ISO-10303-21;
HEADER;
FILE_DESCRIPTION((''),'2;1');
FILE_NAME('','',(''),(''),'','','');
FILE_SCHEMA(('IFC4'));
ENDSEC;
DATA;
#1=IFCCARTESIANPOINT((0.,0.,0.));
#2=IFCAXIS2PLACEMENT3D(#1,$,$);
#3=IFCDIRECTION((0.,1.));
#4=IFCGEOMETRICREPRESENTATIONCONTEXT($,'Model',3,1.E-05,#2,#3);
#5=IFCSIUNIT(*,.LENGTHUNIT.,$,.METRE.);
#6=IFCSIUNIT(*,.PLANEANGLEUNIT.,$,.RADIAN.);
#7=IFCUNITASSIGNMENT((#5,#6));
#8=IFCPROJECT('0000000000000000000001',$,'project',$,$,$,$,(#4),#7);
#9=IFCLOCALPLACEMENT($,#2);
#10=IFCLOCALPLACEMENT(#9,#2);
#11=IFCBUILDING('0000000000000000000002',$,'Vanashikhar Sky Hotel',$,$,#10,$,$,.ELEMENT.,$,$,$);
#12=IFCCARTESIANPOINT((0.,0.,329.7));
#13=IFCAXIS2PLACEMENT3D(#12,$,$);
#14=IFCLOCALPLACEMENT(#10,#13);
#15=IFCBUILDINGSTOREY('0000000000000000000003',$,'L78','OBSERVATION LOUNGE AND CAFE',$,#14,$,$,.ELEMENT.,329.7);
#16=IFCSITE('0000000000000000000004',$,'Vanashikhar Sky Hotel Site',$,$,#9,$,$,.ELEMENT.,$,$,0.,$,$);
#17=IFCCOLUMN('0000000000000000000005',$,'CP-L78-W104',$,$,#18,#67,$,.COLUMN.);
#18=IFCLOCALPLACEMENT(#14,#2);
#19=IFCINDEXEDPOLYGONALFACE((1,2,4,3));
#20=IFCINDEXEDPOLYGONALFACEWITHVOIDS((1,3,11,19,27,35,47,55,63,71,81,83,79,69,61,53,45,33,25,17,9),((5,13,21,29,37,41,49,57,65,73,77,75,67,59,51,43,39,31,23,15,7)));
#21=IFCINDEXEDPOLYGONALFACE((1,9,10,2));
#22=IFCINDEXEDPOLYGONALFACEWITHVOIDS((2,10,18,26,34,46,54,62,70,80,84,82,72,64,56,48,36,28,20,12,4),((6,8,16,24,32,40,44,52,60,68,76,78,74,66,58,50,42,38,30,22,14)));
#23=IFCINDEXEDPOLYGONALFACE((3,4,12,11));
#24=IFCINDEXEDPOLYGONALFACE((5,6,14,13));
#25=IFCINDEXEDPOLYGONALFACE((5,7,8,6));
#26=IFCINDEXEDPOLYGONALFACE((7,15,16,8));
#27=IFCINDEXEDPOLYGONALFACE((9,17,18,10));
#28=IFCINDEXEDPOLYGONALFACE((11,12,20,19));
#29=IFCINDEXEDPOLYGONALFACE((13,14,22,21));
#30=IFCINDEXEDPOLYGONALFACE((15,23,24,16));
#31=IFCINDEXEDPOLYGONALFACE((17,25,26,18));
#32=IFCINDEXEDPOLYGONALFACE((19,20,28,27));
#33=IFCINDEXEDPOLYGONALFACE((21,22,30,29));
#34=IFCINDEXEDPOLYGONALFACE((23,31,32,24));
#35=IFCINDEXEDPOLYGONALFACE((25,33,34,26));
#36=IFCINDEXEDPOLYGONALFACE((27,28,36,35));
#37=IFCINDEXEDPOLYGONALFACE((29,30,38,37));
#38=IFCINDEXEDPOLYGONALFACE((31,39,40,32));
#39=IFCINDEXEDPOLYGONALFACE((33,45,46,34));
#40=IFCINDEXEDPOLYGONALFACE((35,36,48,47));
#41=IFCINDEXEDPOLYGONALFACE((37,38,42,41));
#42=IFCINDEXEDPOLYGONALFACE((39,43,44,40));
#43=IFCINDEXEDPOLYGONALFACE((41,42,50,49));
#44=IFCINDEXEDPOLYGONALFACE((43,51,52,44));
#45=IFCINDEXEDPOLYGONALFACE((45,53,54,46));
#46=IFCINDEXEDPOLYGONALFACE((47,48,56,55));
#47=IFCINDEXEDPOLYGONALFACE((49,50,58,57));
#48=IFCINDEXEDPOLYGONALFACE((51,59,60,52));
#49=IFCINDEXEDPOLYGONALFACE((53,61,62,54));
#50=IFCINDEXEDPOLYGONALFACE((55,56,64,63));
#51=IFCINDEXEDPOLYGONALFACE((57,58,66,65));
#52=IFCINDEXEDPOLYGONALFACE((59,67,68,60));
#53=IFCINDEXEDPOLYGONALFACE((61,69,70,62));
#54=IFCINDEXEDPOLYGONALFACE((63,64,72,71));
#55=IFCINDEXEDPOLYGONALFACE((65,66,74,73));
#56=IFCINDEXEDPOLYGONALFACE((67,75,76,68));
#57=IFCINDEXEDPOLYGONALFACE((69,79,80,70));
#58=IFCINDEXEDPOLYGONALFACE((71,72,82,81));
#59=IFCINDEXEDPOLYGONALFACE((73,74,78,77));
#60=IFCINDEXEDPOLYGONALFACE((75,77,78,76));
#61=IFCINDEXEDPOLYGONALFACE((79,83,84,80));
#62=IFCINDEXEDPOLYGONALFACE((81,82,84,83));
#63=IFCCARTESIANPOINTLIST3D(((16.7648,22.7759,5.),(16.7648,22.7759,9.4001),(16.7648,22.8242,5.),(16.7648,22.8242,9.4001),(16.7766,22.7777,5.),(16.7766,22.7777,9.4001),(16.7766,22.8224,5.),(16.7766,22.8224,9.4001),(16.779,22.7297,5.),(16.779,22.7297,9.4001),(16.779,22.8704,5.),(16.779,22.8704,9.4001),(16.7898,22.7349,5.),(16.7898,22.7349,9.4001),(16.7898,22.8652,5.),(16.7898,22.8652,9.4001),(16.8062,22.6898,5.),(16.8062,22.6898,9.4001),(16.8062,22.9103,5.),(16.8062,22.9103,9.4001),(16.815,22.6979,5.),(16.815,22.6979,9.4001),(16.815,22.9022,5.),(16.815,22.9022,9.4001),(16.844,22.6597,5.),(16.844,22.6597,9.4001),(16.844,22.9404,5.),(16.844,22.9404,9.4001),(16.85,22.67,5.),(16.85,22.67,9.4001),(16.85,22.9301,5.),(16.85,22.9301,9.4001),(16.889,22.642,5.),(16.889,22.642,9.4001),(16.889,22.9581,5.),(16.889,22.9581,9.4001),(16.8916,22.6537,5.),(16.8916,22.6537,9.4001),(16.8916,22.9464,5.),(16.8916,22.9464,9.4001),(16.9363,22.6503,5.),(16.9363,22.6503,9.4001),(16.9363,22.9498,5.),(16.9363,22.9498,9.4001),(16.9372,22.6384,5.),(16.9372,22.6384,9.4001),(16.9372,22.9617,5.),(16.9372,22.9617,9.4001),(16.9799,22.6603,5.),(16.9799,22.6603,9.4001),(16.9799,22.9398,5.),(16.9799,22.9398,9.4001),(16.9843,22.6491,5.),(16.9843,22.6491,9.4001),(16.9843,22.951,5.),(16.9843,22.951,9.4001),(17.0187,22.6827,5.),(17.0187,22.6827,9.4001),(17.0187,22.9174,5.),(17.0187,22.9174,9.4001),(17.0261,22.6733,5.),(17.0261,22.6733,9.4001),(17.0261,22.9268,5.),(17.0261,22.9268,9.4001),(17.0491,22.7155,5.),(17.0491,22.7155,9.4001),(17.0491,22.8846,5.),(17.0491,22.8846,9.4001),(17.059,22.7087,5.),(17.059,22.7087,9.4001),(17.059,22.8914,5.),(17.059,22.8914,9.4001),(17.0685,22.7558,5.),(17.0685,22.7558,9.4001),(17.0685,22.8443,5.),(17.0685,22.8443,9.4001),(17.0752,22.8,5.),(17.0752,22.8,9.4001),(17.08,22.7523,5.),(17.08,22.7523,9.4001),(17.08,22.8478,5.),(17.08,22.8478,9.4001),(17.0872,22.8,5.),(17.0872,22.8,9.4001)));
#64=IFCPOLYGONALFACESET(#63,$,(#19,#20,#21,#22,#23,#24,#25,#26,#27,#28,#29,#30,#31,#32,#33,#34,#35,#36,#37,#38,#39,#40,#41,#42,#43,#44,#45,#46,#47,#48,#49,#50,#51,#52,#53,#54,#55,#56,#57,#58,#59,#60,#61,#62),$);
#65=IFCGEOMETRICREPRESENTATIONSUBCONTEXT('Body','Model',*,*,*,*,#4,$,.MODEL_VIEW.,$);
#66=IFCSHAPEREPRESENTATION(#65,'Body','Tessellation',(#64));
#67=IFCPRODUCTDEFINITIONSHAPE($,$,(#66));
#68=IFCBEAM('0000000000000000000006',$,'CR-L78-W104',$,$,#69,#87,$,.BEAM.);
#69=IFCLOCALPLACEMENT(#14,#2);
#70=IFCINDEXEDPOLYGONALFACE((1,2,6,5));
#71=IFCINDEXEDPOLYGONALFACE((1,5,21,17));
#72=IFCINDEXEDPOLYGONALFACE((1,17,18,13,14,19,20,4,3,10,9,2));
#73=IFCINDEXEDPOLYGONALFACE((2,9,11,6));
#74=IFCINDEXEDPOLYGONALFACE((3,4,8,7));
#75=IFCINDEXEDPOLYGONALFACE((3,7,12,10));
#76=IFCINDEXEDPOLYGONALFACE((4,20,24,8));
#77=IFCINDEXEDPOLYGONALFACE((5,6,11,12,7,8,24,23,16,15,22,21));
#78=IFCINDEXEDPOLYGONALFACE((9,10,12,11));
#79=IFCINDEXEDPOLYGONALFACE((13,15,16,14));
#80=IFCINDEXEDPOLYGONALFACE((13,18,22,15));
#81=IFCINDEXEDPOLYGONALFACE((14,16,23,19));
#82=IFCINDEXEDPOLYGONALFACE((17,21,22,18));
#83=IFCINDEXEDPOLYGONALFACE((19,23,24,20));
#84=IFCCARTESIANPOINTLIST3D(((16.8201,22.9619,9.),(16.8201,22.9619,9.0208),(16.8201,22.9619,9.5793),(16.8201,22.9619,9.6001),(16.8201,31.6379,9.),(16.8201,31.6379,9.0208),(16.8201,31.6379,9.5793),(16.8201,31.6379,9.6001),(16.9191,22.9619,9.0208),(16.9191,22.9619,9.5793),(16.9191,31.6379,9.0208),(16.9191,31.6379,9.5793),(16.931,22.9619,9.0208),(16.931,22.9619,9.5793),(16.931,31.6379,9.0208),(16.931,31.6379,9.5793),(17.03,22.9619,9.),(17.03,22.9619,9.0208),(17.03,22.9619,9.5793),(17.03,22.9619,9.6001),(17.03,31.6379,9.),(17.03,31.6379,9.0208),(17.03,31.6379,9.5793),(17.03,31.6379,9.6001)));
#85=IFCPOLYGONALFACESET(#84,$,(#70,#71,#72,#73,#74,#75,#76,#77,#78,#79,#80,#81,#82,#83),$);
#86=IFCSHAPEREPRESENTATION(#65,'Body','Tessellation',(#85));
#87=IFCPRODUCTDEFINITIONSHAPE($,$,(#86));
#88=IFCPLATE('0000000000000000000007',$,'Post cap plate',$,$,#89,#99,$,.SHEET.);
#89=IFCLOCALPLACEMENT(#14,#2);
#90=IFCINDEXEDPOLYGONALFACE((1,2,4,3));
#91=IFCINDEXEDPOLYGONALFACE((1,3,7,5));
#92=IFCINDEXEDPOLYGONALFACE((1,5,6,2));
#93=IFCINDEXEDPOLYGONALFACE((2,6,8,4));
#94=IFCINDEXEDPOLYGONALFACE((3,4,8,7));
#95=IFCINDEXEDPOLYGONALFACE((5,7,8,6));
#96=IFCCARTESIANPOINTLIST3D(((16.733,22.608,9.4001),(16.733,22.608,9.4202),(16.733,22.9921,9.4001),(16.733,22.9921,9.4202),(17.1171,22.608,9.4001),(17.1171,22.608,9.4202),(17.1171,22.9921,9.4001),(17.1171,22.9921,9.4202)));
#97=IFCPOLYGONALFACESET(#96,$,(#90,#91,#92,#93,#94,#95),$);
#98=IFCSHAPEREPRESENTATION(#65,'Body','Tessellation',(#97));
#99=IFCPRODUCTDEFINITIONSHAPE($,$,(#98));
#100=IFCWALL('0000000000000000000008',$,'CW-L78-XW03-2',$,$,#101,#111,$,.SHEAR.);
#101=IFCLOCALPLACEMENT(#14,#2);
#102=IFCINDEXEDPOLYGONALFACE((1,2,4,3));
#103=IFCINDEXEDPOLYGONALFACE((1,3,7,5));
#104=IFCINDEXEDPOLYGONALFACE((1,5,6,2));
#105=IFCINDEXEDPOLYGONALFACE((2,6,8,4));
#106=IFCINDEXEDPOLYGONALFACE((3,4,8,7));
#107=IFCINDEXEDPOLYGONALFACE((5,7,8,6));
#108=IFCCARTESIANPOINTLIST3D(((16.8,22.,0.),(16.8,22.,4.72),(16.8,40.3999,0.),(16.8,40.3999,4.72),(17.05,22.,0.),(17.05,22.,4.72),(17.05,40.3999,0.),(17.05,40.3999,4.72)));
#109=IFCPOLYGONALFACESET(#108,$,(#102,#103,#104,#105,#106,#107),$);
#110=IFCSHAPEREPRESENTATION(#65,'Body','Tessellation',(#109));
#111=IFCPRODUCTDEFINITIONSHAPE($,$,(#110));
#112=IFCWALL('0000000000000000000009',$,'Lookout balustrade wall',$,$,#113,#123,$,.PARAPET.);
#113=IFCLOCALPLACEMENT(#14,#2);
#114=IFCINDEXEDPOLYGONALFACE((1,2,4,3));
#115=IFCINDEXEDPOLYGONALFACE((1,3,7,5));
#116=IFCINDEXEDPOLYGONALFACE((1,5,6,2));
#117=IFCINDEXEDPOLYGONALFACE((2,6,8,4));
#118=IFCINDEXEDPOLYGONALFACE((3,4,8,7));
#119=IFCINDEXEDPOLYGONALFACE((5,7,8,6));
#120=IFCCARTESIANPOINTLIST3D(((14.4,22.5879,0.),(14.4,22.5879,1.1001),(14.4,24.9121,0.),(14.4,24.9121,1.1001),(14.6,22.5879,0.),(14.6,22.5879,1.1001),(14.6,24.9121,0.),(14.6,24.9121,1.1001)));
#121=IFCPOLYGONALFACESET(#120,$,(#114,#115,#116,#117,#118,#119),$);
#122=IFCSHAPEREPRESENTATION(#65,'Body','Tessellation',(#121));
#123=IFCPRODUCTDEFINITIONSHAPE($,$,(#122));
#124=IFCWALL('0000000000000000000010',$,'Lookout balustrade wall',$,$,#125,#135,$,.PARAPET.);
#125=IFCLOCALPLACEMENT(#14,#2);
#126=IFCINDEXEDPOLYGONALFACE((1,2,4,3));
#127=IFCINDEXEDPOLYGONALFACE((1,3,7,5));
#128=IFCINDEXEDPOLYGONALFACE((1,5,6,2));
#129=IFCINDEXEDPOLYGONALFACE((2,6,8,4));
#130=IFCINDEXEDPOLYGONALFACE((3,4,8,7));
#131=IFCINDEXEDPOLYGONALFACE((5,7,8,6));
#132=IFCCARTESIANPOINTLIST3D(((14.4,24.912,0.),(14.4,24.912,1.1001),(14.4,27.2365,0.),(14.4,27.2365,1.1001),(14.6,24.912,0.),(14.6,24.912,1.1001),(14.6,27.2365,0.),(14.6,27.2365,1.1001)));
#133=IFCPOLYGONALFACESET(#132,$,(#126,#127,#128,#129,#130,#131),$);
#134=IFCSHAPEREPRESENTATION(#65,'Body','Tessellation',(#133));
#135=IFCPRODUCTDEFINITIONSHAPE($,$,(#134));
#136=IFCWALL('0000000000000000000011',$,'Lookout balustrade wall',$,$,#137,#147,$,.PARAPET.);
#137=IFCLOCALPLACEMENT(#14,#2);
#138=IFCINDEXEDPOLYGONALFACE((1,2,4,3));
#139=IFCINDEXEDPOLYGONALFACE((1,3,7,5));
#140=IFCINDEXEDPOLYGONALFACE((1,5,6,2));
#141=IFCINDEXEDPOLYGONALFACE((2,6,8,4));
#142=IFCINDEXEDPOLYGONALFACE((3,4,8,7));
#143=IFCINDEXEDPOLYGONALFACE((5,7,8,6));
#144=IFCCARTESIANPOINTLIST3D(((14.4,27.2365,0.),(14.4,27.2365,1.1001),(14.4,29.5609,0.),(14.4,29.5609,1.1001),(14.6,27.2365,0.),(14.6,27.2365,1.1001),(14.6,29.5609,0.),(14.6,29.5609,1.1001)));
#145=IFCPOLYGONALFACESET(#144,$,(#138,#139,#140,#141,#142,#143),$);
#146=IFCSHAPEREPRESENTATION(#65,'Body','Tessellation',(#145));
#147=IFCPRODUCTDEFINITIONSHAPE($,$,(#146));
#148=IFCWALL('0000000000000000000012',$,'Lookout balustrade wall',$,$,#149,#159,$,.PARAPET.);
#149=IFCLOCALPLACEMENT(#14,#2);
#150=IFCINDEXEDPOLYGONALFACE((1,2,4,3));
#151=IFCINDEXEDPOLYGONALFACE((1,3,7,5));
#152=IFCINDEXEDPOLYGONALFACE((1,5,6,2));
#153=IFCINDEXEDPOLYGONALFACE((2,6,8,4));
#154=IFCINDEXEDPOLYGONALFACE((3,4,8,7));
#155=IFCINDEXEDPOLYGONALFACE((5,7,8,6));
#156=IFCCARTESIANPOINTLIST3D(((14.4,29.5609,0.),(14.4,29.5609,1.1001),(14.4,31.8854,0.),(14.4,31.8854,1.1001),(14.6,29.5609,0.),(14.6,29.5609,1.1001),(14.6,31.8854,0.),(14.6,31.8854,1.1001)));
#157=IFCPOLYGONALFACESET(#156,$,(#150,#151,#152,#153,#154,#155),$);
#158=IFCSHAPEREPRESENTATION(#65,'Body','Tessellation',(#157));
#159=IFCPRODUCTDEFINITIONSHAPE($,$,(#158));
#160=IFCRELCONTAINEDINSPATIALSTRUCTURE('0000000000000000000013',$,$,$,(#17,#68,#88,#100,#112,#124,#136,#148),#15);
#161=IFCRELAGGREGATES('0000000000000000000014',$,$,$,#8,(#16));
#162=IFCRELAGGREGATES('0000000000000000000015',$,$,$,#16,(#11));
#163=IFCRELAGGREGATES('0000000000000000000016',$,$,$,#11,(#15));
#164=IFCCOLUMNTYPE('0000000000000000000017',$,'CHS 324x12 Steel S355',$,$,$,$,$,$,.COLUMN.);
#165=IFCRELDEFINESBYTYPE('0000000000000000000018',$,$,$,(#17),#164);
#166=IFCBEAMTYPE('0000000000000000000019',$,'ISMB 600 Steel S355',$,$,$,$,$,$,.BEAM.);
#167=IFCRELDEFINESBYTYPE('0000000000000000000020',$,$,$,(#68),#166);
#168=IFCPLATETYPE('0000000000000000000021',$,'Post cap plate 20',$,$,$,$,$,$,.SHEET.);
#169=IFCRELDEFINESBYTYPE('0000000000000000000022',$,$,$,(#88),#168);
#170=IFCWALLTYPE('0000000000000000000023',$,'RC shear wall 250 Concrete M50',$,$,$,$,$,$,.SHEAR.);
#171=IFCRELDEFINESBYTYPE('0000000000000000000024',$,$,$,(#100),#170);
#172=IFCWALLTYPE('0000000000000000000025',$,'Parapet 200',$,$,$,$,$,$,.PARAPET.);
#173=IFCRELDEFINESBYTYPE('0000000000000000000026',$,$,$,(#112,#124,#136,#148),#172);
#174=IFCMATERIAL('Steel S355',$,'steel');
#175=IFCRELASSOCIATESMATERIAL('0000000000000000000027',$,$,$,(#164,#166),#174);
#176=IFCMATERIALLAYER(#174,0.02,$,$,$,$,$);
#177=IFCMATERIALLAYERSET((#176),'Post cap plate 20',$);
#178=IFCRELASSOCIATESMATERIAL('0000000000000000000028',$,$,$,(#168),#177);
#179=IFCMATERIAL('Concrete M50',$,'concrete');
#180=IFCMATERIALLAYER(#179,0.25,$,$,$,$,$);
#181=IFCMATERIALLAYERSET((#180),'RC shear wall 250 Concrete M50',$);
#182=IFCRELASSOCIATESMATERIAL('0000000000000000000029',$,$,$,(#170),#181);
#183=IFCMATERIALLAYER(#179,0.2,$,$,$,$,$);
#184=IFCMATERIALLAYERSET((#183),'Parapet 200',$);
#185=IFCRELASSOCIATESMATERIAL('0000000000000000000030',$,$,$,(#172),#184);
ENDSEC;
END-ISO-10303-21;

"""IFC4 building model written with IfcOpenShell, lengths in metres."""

from ifc_helpers import new_model, si_unit, direction, frame, frame_2d, origin, origin_2d, place, context, subcontext, project, spatial, rectangle, hollow_circle, i_section, extrude, source, transform, mapped, material, layer, layer_set, material_profile, profile_set, type_object, element, save


model = new_model("IFC4")

# Units and contexts
model_context = context("Model", 3, precision=1e-05, world=origin(), true_north=direction((0.0, 1.0)))
body_context = subcontext(model_context, "Body", "Model", "MODEL_VIEW")
ifc_project = project(units=[si_unit("LENGTHUNIT", "METRE"), si_unit("PLANEANGLEUNIT", "RADIAN")], contexts=[model_context])

# Site, building, storey
site_placement = place(None, origin())
site = spatial("IfcSite", under=ifc_project, at=site_placement, Name="Vanashikhar Sky Hotel Site", CompositionType="ELEMENT", RefElevation=0.0)
building_placement = place(site_placement, origin())
building = spatial("IfcBuilding", under=site, at=building_placement, Name="Vanashikhar Sky Hotel", CompositionType="ELEMENT")
storey_placement = place(building_placement, frame((0.0, 0.0, 329.7)))
storey = spatial("IfcBuildingStorey", under=building, at=storey_placement, Name="L78", Description="OBSERVATION LOUNGE AND CAFE", CompositionType="ELEMENT", Elevation=329.7)

# Column
ifc_material_1 = material(Name="Steel S355", Category="steel")
ifc_material_profile_1 = material_profile(ifc_material_1, hollow_circle(Radius=0.1621, WallThickness=0.012, at=origin_2d()))
ifc_profile_set_1 = profile_set([ifc_material_profile_1], Name="CHS 324x12 Steel S355")
column_type = type_object("IfcColumnType", Name="CHS 324x12 Steel S355", PredefinedType="COLUMN", material=ifc_profile_set_1)
shared_shape_1 = source(origin(), body_context, "Body", "SweptSolid", [
    extrude(hollow_circle(Radius=0.1621, WallThickness=0.012, at=origin_2d()), origin(), (0.0, 0.0, 1.0), 4.4001),
])
column_placement = place(storey_placement, frame((16.925, 22.8, 5.0), z_axis=(0.0, 0.0, 1.0), x_axis=(1.0, 0.0, 0.0)))
element("IfcColumn", 1, at=column_placement, inside=storey, type_object=column_type, Name="CP-L78-W104", PredefinedType="COLUMN", context=body_context, shape_type="MappedRepresentation", body=[
    mapped(shared_shape_1, transform((0.0, 0.0, 0.0), scale=1.0)),
])

# Beam
ifc_material_profile_2 = material_profile(ifc_material_1, i_section(OverallWidth=0.21, OverallDepth=0.6001, WebThickness=0.012, FlangeThickness=0.0208, at=origin_2d()), Name="ISMB 600")
ifc_profile_set_2 = profile_set([ifc_material_profile_2], Name="Steel S355")
beam_type = type_object("IfcBeamType", Name="ISMB 600 Steel S355", PredefinedType="BEAM", material=ifc_profile_set_2)
shared_shape_2 = source(origin(), body_context, "Body", "SweptSolid", [
    extrude(i_section(OverallWidth=0.21, OverallDepth=0.6001, WebThickness=0.012, FlangeThickness=0.0208, at=origin_2d()), origin(), (0.0, 0.0, 1.0), 8.676),
])
beam_placement = place(storey_placement, frame((16.925, 22.9619, 9.3), z_axis=(0.0, 1.0, 0.0), x_axis=(-1.0, 0.0, 0.0)))
element("IfcBeam", 2, at=beam_placement, inside=storey, type_object=beam_type, Name="CR-L78-W104", PredefinedType="BEAM", context=body_context, shape_type="MappedRepresentation", body=[
    mapped(shared_shape_2, transform((0.0, 0.0, 0.0), scale=1.0)),
])

# Plate
ifc_layer_1 = layer(ifc_material_1, 0.02)
ifc_layer_set_1 = layer_set([ifc_layer_1], Name="Post cap plate 20")
plate_type = type_object("IfcPlateType", Name="Post cap plate 20", PredefinedType="SHEET", material=ifc_layer_set_1)
shared_shape_3 = source(origin(), body_context, "Body", "SweptSolid", [
    extrude(rectangle(XDim=0.384, YDim=0.384, at=origin_2d()), origin(), (0.0, 0.0, 1.0), 0.02),
])
plate_placement = place(storey_placement, frame((16.925, 22.8, 9.4001), z_axis=(0.0, 0.0, 1.0), x_axis=(1.0, 0.0, 0.0)))
element("IfcPlate", 3, at=plate_placement, inside=storey, type_object=plate_type, Name="Post cap plate", PredefinedType="SHEET", context=body_context, shape_type="MappedRepresentation", body=[
    mapped(shared_shape_3, transform((0.0, 0.0, 0.0), scale=1.0)),
])

# Walls
ifc_material_2 = material(Name="Concrete M50", Category="concrete")
ifc_layer_2 = layer(ifc_material_2, 0.25)
ifc_layer_set_2 = layer_set([ifc_layer_2], Name="RC shear wall 250 Concrete M50")
wall_type_1 = type_object("IfcWallType", Name="RC shear wall 250 Concrete M50", PredefinedType="SHEAR", material=ifc_layer_set_2)
shared_shape_4 = source(origin(), body_context, "Body", "SweptSolid", [
    extrude(rectangle(XDim=18.3999, YDim=0.25, at=frame_2d((9.2, 0.0))), origin(), (0.0, 0.0, 1.0), 4.72),
])
wall_1_placement = place(storey_placement, frame((16.925, 22.0, 0.0), z_axis=(0.0, 0.0, 1.0), x_axis=(0.0, 1.0, 0.0)))
element("IfcWall", 4, at=wall_1_placement, inside=storey, type_object=wall_type_1, Name="CW-L78-XW03-2", PredefinedType="SHEAR", context=body_context, shape_type="MappedRepresentation", body=[
    mapped(shared_shape_4, transform((0.0, 0.0, 0.0), scale=1.0)),
])
ifc_layer_3 = layer(ifc_material_2, 0.2)
ifc_layer_set_3 = layer_set([ifc_layer_3], Name="Parapet 200")
wall_type_2 = type_object("IfcWallType", Name="Parapet 200", PredefinedType="PARAPET", material=ifc_layer_set_3)
shared_shape_5 = source(origin(), body_context, "Body", "SweptSolid", [
    extrude(rectangle(XDim=2.3242, YDim=0.2, at=frame_2d((1.1621, 0.0))), origin(), (0.0, 0.0, 1.0), 1.1001),
])
wall_2_placement = place(storey_placement, frame((14.5, 22.5879, 0.0), z_axis=(0.0, 0.0, 1.0), x_axis=(0.0, 1.0, 0.0)))
element("IfcWall", 5, at=wall_2_placement, inside=storey, type_object=wall_type_2, Name="Lookout balustrade wall", PredefinedType="PARAPET", context=body_context, shape_type="MappedRepresentation", body=[
    mapped(shared_shape_5, transform((0.0, 0.0, 0.0), scale=1.0)),
])
shared_shape_6 = source(origin(), body_context, "Body", "SweptSolid", [
    extrude(rectangle(XDim=2.3245, YDim=0.2, at=frame_2d((1.1621, 0.0))), origin(), (0.0, 0.0, 1.0), 1.1001),
])
for number, where, z_axis, x_axis, name in (
    (6, (14.5, 24.9121, 0.0), (0.0, 0.0, 1.0), (0.0, 1.0, 0.0), "Lookout balustrade wall"),
    (7, (14.5, 27.2366, 0.0), (0.0, 0.0, 1.0), (0.0, 1.0, 0.0), "Lookout balustrade wall"),
    (8, (14.5, 29.561, 0.0), (0.0, 0.0, 1.0), (0.0, 1.0, 0.0), "Lookout balustrade wall"),
):
    element("IfcWall", number, at=place(storey_placement, frame(where, z_axis=z_axis, x_axis=x_axis)), inside=storey, type_object=wall_type_2, Name=name, PredefinedType="PARAPET", context=body_context, shape_type="MappedRepresentation", body=[
        mapped(shared_shape_6, transform((0.0, 0.0, 0.0), scale=1.0)),
    ])

save(model, "model.ifc")
